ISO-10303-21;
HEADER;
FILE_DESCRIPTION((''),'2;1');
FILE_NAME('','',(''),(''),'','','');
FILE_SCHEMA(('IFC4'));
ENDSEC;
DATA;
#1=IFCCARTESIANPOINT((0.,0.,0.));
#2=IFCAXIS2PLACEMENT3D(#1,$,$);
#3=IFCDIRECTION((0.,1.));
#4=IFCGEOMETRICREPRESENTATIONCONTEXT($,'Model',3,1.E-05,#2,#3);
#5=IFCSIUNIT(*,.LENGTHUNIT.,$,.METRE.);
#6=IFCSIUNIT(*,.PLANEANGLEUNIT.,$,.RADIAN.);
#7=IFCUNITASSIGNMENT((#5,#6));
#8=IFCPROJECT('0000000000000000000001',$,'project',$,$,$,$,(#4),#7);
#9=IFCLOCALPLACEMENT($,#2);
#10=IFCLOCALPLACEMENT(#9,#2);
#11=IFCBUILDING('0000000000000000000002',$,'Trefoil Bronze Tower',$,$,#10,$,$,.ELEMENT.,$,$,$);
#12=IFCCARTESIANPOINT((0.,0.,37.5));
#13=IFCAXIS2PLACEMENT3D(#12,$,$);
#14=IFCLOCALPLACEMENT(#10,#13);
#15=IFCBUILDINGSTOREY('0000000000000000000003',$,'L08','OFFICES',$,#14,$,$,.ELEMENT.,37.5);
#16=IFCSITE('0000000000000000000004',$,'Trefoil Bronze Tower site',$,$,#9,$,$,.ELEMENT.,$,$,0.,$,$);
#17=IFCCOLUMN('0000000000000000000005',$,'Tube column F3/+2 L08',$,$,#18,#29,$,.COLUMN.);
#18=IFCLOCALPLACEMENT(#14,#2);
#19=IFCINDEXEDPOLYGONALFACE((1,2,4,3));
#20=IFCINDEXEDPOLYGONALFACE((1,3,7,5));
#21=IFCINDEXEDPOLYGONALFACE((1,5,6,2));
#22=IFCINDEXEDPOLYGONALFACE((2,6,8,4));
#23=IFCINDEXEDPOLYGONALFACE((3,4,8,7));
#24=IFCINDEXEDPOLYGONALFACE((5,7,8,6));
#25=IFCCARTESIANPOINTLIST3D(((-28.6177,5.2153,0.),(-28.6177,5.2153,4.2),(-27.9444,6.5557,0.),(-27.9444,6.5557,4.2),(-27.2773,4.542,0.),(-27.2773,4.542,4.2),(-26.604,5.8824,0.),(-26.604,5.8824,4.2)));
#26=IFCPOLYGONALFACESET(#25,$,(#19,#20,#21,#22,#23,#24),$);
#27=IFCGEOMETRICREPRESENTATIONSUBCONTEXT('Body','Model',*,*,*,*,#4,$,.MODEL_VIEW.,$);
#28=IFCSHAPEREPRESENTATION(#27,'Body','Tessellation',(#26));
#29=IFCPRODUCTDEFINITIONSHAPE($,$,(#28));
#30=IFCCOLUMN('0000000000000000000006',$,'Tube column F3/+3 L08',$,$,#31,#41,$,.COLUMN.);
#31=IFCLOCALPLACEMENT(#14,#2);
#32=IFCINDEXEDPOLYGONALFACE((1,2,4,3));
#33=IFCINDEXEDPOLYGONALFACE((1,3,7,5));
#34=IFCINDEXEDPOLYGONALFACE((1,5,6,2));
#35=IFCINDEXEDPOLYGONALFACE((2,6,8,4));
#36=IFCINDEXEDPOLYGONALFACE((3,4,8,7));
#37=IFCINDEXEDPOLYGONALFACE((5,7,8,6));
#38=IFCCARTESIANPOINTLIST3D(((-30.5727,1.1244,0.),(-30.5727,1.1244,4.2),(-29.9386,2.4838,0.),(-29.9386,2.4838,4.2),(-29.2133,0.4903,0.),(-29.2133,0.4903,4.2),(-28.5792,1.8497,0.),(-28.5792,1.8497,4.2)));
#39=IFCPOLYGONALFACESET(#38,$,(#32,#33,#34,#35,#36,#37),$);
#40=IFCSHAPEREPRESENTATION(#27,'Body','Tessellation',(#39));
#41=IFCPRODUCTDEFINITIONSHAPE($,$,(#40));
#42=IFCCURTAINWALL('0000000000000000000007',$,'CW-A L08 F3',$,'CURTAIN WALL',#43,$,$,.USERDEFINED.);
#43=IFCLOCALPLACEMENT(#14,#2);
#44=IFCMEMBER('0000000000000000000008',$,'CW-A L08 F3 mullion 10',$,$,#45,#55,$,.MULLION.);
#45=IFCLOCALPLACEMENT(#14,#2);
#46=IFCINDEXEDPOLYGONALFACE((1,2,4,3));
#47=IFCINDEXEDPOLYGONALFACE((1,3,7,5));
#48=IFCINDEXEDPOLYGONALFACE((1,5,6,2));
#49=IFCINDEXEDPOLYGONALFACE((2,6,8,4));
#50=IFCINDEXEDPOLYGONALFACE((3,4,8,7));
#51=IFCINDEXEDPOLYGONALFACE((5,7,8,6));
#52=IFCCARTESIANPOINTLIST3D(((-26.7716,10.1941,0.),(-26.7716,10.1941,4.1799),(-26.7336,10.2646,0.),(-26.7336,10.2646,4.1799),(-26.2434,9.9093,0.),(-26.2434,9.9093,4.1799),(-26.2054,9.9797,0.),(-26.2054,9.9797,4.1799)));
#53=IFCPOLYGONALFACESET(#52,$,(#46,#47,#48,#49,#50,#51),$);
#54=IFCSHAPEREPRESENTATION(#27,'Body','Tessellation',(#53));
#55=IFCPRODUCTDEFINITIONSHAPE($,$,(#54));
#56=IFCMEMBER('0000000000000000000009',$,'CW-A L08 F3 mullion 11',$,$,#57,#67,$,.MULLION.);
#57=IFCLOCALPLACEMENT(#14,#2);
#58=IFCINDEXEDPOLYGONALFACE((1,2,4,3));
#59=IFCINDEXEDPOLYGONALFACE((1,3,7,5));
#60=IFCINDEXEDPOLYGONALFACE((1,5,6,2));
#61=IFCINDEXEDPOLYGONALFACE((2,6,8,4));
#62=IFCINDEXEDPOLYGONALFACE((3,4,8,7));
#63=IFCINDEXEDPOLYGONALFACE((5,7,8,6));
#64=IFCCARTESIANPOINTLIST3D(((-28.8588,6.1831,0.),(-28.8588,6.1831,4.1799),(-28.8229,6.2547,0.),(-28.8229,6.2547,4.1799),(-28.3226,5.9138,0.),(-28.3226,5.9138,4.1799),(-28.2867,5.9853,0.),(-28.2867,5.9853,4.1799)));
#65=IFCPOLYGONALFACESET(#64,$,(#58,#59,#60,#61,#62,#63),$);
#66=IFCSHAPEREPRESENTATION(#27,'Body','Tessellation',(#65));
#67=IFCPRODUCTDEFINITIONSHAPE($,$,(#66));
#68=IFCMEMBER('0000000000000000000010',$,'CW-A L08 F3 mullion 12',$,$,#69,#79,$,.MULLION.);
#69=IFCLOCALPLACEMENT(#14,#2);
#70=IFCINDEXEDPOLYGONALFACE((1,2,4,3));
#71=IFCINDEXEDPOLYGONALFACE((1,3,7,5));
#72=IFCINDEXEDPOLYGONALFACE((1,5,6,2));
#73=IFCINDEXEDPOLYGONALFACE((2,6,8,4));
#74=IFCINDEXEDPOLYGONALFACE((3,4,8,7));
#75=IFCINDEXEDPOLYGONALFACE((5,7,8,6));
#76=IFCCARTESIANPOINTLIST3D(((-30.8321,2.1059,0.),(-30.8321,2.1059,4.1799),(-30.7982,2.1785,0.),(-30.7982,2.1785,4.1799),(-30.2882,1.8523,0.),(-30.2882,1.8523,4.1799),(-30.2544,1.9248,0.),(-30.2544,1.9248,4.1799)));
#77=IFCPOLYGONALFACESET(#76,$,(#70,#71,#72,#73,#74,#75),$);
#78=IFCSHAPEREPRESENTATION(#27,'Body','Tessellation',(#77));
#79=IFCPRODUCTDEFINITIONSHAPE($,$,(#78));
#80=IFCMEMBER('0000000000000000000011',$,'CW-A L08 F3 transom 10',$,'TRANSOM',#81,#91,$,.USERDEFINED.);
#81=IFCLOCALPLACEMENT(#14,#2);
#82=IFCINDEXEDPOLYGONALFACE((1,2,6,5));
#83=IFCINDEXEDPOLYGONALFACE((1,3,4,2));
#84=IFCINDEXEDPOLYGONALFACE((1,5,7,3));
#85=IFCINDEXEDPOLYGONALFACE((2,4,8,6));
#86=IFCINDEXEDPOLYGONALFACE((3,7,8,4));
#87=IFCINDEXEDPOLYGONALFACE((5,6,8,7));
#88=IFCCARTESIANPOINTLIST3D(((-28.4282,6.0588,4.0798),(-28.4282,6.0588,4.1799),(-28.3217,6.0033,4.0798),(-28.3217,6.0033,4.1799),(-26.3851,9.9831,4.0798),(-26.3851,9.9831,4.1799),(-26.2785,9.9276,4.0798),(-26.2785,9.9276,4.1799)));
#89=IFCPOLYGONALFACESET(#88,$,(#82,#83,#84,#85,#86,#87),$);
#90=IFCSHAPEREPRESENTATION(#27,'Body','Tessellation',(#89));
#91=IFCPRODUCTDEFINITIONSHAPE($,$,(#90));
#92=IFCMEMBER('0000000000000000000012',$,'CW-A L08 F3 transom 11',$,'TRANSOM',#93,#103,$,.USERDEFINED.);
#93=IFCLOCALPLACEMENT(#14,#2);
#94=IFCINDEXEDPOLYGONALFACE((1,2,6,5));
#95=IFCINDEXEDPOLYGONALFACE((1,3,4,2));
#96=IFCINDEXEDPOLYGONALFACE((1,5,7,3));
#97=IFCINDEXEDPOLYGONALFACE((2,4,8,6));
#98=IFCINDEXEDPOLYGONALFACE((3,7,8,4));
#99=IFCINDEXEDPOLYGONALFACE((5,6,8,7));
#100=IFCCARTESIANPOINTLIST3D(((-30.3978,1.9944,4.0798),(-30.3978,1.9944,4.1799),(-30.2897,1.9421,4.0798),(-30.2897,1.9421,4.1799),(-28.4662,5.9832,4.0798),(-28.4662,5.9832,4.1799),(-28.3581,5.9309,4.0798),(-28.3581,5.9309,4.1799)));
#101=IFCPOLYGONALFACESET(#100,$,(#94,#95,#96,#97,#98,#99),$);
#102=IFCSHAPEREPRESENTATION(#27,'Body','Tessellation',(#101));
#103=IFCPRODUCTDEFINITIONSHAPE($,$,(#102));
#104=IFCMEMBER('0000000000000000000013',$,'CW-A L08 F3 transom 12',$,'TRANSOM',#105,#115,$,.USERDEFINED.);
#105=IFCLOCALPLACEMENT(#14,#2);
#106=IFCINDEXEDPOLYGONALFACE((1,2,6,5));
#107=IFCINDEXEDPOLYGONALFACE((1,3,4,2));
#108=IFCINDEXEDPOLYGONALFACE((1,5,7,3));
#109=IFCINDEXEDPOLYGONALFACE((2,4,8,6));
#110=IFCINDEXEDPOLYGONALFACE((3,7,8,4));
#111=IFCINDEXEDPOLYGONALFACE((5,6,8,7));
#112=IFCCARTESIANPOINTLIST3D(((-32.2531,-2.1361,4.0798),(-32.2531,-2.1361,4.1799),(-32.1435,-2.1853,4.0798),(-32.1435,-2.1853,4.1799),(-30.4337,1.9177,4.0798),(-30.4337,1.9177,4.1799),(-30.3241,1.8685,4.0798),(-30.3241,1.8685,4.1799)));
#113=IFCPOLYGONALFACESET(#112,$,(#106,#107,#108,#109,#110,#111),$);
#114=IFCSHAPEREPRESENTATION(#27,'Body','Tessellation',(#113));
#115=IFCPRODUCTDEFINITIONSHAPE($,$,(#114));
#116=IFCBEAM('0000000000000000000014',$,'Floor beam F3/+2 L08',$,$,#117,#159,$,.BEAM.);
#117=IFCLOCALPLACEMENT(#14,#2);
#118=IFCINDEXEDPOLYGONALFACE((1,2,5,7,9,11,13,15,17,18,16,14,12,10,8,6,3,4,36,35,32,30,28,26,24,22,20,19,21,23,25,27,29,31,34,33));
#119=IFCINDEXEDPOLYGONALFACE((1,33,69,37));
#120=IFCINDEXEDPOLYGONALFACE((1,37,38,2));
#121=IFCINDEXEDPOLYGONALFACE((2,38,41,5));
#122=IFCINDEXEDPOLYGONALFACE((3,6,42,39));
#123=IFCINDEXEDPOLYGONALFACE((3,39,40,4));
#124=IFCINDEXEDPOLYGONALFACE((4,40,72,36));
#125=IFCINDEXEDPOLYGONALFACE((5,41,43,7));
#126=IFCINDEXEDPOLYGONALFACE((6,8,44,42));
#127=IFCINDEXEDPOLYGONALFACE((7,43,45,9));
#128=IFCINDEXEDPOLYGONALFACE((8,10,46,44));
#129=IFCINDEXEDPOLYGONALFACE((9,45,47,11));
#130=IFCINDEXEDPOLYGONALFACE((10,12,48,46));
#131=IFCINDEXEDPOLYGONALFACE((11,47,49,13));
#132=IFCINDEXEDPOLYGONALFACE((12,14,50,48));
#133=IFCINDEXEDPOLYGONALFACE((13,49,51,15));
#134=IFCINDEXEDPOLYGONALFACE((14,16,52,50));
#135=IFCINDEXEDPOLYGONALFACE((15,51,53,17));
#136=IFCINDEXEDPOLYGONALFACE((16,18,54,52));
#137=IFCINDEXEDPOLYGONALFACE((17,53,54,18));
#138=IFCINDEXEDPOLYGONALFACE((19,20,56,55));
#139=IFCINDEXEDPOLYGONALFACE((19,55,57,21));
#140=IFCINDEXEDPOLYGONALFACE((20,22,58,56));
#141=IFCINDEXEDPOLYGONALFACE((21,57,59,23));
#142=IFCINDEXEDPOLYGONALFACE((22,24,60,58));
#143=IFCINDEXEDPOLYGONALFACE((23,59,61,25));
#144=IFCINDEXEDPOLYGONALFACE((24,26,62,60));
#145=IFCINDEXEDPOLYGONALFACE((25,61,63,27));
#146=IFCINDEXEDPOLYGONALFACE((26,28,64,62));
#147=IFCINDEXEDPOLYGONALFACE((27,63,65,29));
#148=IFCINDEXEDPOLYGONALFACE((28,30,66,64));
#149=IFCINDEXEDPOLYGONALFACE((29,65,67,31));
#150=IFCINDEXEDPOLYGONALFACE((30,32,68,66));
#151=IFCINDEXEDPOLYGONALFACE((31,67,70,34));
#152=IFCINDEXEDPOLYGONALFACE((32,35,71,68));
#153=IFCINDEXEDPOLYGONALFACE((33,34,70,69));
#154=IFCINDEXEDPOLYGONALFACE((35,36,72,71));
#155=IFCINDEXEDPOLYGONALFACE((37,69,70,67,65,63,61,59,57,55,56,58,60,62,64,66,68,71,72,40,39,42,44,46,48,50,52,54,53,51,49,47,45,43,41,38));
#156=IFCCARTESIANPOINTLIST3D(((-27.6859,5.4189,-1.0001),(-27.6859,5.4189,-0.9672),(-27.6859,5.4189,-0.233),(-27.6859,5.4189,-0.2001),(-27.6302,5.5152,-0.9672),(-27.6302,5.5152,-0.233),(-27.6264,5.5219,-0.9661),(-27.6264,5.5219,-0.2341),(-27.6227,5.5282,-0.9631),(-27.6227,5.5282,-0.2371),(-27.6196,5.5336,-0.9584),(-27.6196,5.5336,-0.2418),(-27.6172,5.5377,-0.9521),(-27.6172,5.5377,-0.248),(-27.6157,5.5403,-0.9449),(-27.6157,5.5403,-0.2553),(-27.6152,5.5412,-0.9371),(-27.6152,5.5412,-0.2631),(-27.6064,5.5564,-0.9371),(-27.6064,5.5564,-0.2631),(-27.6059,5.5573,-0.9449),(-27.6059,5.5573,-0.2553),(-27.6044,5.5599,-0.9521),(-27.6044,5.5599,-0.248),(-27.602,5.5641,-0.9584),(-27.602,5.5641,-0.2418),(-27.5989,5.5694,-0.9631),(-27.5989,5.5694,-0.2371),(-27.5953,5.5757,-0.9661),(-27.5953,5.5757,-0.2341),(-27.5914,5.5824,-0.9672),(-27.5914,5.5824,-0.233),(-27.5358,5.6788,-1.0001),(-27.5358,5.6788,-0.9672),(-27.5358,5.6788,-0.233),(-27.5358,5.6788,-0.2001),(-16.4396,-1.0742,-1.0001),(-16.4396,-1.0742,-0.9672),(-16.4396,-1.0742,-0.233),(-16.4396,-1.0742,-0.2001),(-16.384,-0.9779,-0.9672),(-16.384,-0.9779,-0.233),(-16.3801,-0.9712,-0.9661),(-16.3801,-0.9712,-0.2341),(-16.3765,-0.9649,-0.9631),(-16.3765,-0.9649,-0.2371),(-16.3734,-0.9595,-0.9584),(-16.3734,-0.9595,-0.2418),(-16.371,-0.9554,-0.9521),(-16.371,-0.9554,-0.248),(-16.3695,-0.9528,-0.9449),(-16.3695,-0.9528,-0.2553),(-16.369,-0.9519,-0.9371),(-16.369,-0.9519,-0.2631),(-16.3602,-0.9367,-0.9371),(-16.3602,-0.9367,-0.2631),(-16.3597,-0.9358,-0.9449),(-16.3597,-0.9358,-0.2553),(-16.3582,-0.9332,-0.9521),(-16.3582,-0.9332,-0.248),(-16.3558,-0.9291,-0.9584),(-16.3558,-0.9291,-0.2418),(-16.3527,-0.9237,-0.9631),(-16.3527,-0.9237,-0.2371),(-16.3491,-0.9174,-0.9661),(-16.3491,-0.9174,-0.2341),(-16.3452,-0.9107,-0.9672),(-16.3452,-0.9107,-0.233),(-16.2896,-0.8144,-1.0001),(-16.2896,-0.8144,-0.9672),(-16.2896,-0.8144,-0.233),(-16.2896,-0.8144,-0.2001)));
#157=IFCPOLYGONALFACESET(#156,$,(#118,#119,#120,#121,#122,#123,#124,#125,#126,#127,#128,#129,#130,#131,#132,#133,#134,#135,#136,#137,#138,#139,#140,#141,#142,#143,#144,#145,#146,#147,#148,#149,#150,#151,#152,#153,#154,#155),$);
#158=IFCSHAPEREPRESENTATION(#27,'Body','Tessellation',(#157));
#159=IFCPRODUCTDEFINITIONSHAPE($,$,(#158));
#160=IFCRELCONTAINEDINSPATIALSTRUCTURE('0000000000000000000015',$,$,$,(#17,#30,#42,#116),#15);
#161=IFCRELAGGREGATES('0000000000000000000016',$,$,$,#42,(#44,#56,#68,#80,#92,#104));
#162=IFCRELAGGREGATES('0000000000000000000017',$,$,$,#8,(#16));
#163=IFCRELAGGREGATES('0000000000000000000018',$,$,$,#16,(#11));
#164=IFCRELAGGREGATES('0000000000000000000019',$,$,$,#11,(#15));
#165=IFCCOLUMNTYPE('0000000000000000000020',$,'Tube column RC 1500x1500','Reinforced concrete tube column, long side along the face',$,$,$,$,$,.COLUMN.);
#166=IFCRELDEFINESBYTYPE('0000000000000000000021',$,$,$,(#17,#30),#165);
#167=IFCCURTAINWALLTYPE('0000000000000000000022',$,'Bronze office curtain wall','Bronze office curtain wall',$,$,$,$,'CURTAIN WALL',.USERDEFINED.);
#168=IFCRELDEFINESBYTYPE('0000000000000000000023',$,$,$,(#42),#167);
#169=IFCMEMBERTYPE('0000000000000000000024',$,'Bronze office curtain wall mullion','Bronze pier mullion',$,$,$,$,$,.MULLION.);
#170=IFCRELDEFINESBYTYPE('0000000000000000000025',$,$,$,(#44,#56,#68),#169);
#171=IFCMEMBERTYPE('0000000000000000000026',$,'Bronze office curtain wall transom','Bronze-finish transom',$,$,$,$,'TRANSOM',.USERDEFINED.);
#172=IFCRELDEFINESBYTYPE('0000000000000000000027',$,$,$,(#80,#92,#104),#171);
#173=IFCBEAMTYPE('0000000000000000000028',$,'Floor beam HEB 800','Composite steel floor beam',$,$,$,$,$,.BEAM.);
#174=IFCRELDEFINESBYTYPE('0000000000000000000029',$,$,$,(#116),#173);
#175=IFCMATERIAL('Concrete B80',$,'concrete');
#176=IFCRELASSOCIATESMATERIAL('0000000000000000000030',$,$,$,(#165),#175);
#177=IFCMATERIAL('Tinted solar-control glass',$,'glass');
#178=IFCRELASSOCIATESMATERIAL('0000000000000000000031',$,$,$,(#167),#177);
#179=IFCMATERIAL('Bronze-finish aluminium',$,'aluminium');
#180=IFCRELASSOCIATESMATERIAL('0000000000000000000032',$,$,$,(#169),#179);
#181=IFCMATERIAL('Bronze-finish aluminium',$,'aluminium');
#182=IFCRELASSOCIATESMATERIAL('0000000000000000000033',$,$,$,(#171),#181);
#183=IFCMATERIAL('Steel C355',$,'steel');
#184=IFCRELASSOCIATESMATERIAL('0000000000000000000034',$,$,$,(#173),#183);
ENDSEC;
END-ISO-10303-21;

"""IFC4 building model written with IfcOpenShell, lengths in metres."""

from ifc_helpers import new_model, si_unit, direction, frame, origin, origin_2d, place, context, subcontext, project, spatial, rectangle, i_section, extrude, material, material_profile, profile_set, type_object, element, aggregate, save


model = new_model("IFC4")

# Units and contexts
model_context = context("Model", 3, precision=1e-05, world=origin(), true_north=direction((0.0, 1.0)))
body_context = subcontext(model_context, "Body", "Model", "MODEL_VIEW")
ifc_project = project(units=[si_unit("LENGTHUNIT", "METRE"), si_unit("PLANEANGLEUNIT", "RADIAN")], contexts=[model_context])

# Site, building, storey
site_placement = place(None, origin())
site = spatial("IfcSite", under=ifc_project, at=site_placement, Name="Trefoil Bronze Tower site", CompositionType="ELEMENT", RefElevation=0.0)
building_placement = place(site_placement, origin())
building = spatial("IfcBuilding", under=site, at=building_placement, Name="Trefoil Bronze Tower", CompositionType="ELEMENT")
storey_placement = place(building_placement, frame((0.0, 0.0, 37.5)))
storey = spatial("IfcBuildingStorey", under=building, at=storey_placement, Name="L08", Description="OFFICES", CompositionType="ELEMENT", Elevation=37.5)

# Columns
ifc_material_1 = material(Name="Concrete B80", Category="concrete")
ifc_material_profile_1 = material_profile(ifc_material_1, rectangle(XDim=1.5, YDim=1.5, at=origin_2d()), Name="RC 1500x1500")
ifc_profile_set_1 = profile_set([ifc_material_profile_1], Name="Concrete B80")
column_type = type_object("IfcColumnType", Name="Tube column RC 1500x1500", Description="Reinforced concrete tube column, long side along the face", PredefinedType="COLUMN", material=ifc_profile_set_1)
for number, where, z_axis, x_axis, name in (
    (1, (-27.6108, 5.5488, 0.0), (0.0, 0.0, 1.0), (-0.44889, -0.893587, 0.0), "Tube column F3/+2 L08"),
    (2, (-29.5759, 1.4871, 0.0), (0.0, 0.0, 1.0), (-0.422701, -0.906269, 0.0), "Tube column F3/+3 L08"),
):
    element("IfcColumn", number, at=place(storey_placement, frame(where, z_axis=z_axis, x_axis=x_axis)), inside=storey, type_object=column_type, Name=name, PredefinedType="COLUMN", context=body_context, shape_type="SweptSolid", body=[
        extrude(rectangle(XDim=1.5, YDim=1.5, at=origin_2d()), origin(), (0.0, 0.0, 1.0), 4.2),
    ])

# Curtain wall, members
ifc_material_2 = material(Name="Tinted solar-control glass", Category="glass")
curtain_wall_type = type_object("IfcCurtainWallType", Name="Bronze office curtain wall", Description="Bronze office curtain wall", ElementType="CURTAIN WALL", PredefinedType="USERDEFINED", material=ifc_material_2)
curtain_wall_placement = place(storey_placement, origin())
curtain_wall = element("IfcCurtainWall", 3, at=curtain_wall_placement, inside=storey, type_object=curtain_wall_type, Name="CW-A L08 F3", ObjectType="CURTAIN WALL", PredefinedType="USERDEFINED")
ifc_material_3 = material(Name="Bronze-finish aluminium", Category="aluminium")
ifc_material_profile_2 = material_profile(ifc_material_3, rectangle(XDim=0.6001, YDim=0.0801, at=origin_2d()), Name="CW-A mullion")
ifc_profile_set_2 = profile_set([ifc_material_profile_2], Name="Bronze-finish aluminium")
member_type_1 = type_object("IfcMemberType", Name="Bronze office curtain wall mullion", Description="Bronze pier mullion", PredefinedType="MULLION", material=ifc_profile_set_2)
member_1_placement = place(storey_placement, frame((-26.4885, 10.0869, 0.0), z_axis=(0.0, 0.0, 1.0), x_axis=(0.880171, -0.474656, 0.0)))
member_1 = element("IfcMember", 4, at=member_1_placement, type_object=member_type_1, Name="CW-A L08 F3 mullion 10", PredefinedType="MULLION", context=body_context, shape_type="SweptSolid", body=[
    extrude(rectangle(XDim=0.6001, YDim=0.0801, at=origin_2d()), origin(), (0.0, 0.0, 1.0), 4.1799),
])
member_2_placement = place(storey_placement, frame((-28.5728, 6.0842, 0.0), z_axis=(0.0, 0.0, 1.0), x_axis=(0.893587, -0.44889, 0.0)))
member_2 = element("IfcMember", 5, at=member_2_placement, type_object=member_type_1, Name="CW-A L08 F3 mullion 11", PredefinedType="MULLION", context=body_context, shape_type="SweptSolid", body=[
    extrude(rectangle(XDim=0.6001, YDim=0.0801, at=origin_2d()), origin(), (0.0, 0.0, 1.0), 4.1799),
])
member_3_placement = place(storey_placement, frame((-30.5432, 2.0154, 0.0), z_axis=(0.0, 0.0, 1.0), x_axis=(0.906269, -0.422701, 0.0)))
member_3 = element("IfcMember", 6, at=member_3_placement, type_object=member_type_1, Name="CW-A L08 F3 mullion 12", PredefinedType="MULLION", context=body_context, shape_type="SweptSolid", body=[
    extrude(rectangle(XDim=0.6001, YDim=0.0801, at=origin_2d()), origin(), (0.0, 0.0, 1.0), 4.1799),
])
ifc_material_4 = material(Name="Bronze-finish aluminium", Category="aluminium")
ifc_material_profile_3 = material_profile(ifc_material_4, rectangle(XDim=0.1201, YDim=0.1001, at=origin_2d()), Name="CW-A transom")
ifc_profile_set_3 = profile_set([ifc_material_profile_3], Name="Bronze-finish aluminium")
member_type_2 = type_object("IfcMemberType", Name="Bronze office curtain wall transom", Description="Bronze-finish transom", ElementType="TRANSOM", PredefinedType="USERDEFINED", material=ifc_profile_set_3)
member_4_placement = place(storey_placement, frame((-26.3318, 9.9553, 4.1299), z_axis=(-0.46181, -0.886979, 0.0), x_axis=(0.886979, -0.46181, 0.0)))
member_4 = element("IfcMember", 7, at=member_4_placement, type_object=member_type_2, Name="CW-A L08 F3 transom 10", ObjectType="TRANSOM", PredefinedType="USERDEFINED", context=body_context, shape_type="SweptSolid", body=[
    extrude(rectangle(XDim=0.1201, YDim=0.1001, at=origin_2d()), origin(), (0.0, 0.0, 1.0), 4.4243),
])
member_5_placement = place(storey_placement, frame((-28.4121, 5.957, 4.1299), z_axis=(-0.435852, -0.900018, 0.0), x_axis=(0.900018, -0.435852, 0.0)))
member_5 = element("IfcMember", 8, at=member_5_placement, type_object=member_type_2, Name="CW-A L08 F3 transom 11", ObjectType="TRANSOM", PredefinedType="USERDEFINED", context=body_context, shape_type="SweptSolid", body=[
    extrude(rectangle(XDim=0.1201, YDim=0.1001, at=origin_2d()), origin(), (0.0, 0.0, 1.0), 4.4319),
])
member_6_placement = place(storey_placement, frame((-30.3789, 1.8931, 4.1299), z_axis=(-0.40946, -0.912328, 0.0), x_axis=(0.912328, -0.40946, 0.0)))
member_6 = element("IfcMember", 9, at=member_6_placement, type_object=member_type_2, Name="CW-A L08 F3 transom 12", ObjectType="TRANSOM", PredefinedType="USERDEFINED", context=body_context, shape_type="SweptSolid", body=[
    extrude(rectangle(XDim=0.1201, YDim=0.1001, at=origin_2d()), origin(), (0.0, 0.0, 1.0), 4.4434),
])

# Beam
ifc_material_5 = material(Name="Steel C355", Category="steel")
ifc_material_profile_4 = material_profile(ifc_material_5, i_section(OverallWidth=0.3, OverallDepth=0.8, WebThickness=0.0176, FlangeThickness=0.033, FilletRadius=0.03, at=origin_2d()), Name="HEB 800")
ifc_profile_set_4 = profile_set([ifc_material_profile_4], Name="Steel C355")
beam_type_1 = type_object("IfcBeamType", Name="Floor beam HEB 800", Description="Composite steel floor beam", PredefinedType="BEAM", material=ifc_profile_set_4)
beam_1_placement = place(storey_placement, frame((-27.6108, 5.5488, -0.6001), z_axis=(0.866022, -0.500005, 0.0), x_axis=(0.500005, 0.866022, 0.0)))
element("IfcBeam", 10, at=beam_1_placement, inside=storey, type_object=beam_type_1, Name="Floor beam F3/+2 L08", PredefinedType="BEAM", context=body_context, shape_type="SweptSolid", body=[
    extrude(i_section(OverallWidth=0.3, OverallDepth=0.8, WebThickness=0.0176, FlangeThickness=0.033, FilletRadius=0.03, at=origin_2d()), origin(), (0.0, 0.0, 1.0), 12.9861),
])

aggregate(curtain_wall, [member_1, member_2, member_3, member_4, member_5, member_6])

save(model, "model.ifc")
